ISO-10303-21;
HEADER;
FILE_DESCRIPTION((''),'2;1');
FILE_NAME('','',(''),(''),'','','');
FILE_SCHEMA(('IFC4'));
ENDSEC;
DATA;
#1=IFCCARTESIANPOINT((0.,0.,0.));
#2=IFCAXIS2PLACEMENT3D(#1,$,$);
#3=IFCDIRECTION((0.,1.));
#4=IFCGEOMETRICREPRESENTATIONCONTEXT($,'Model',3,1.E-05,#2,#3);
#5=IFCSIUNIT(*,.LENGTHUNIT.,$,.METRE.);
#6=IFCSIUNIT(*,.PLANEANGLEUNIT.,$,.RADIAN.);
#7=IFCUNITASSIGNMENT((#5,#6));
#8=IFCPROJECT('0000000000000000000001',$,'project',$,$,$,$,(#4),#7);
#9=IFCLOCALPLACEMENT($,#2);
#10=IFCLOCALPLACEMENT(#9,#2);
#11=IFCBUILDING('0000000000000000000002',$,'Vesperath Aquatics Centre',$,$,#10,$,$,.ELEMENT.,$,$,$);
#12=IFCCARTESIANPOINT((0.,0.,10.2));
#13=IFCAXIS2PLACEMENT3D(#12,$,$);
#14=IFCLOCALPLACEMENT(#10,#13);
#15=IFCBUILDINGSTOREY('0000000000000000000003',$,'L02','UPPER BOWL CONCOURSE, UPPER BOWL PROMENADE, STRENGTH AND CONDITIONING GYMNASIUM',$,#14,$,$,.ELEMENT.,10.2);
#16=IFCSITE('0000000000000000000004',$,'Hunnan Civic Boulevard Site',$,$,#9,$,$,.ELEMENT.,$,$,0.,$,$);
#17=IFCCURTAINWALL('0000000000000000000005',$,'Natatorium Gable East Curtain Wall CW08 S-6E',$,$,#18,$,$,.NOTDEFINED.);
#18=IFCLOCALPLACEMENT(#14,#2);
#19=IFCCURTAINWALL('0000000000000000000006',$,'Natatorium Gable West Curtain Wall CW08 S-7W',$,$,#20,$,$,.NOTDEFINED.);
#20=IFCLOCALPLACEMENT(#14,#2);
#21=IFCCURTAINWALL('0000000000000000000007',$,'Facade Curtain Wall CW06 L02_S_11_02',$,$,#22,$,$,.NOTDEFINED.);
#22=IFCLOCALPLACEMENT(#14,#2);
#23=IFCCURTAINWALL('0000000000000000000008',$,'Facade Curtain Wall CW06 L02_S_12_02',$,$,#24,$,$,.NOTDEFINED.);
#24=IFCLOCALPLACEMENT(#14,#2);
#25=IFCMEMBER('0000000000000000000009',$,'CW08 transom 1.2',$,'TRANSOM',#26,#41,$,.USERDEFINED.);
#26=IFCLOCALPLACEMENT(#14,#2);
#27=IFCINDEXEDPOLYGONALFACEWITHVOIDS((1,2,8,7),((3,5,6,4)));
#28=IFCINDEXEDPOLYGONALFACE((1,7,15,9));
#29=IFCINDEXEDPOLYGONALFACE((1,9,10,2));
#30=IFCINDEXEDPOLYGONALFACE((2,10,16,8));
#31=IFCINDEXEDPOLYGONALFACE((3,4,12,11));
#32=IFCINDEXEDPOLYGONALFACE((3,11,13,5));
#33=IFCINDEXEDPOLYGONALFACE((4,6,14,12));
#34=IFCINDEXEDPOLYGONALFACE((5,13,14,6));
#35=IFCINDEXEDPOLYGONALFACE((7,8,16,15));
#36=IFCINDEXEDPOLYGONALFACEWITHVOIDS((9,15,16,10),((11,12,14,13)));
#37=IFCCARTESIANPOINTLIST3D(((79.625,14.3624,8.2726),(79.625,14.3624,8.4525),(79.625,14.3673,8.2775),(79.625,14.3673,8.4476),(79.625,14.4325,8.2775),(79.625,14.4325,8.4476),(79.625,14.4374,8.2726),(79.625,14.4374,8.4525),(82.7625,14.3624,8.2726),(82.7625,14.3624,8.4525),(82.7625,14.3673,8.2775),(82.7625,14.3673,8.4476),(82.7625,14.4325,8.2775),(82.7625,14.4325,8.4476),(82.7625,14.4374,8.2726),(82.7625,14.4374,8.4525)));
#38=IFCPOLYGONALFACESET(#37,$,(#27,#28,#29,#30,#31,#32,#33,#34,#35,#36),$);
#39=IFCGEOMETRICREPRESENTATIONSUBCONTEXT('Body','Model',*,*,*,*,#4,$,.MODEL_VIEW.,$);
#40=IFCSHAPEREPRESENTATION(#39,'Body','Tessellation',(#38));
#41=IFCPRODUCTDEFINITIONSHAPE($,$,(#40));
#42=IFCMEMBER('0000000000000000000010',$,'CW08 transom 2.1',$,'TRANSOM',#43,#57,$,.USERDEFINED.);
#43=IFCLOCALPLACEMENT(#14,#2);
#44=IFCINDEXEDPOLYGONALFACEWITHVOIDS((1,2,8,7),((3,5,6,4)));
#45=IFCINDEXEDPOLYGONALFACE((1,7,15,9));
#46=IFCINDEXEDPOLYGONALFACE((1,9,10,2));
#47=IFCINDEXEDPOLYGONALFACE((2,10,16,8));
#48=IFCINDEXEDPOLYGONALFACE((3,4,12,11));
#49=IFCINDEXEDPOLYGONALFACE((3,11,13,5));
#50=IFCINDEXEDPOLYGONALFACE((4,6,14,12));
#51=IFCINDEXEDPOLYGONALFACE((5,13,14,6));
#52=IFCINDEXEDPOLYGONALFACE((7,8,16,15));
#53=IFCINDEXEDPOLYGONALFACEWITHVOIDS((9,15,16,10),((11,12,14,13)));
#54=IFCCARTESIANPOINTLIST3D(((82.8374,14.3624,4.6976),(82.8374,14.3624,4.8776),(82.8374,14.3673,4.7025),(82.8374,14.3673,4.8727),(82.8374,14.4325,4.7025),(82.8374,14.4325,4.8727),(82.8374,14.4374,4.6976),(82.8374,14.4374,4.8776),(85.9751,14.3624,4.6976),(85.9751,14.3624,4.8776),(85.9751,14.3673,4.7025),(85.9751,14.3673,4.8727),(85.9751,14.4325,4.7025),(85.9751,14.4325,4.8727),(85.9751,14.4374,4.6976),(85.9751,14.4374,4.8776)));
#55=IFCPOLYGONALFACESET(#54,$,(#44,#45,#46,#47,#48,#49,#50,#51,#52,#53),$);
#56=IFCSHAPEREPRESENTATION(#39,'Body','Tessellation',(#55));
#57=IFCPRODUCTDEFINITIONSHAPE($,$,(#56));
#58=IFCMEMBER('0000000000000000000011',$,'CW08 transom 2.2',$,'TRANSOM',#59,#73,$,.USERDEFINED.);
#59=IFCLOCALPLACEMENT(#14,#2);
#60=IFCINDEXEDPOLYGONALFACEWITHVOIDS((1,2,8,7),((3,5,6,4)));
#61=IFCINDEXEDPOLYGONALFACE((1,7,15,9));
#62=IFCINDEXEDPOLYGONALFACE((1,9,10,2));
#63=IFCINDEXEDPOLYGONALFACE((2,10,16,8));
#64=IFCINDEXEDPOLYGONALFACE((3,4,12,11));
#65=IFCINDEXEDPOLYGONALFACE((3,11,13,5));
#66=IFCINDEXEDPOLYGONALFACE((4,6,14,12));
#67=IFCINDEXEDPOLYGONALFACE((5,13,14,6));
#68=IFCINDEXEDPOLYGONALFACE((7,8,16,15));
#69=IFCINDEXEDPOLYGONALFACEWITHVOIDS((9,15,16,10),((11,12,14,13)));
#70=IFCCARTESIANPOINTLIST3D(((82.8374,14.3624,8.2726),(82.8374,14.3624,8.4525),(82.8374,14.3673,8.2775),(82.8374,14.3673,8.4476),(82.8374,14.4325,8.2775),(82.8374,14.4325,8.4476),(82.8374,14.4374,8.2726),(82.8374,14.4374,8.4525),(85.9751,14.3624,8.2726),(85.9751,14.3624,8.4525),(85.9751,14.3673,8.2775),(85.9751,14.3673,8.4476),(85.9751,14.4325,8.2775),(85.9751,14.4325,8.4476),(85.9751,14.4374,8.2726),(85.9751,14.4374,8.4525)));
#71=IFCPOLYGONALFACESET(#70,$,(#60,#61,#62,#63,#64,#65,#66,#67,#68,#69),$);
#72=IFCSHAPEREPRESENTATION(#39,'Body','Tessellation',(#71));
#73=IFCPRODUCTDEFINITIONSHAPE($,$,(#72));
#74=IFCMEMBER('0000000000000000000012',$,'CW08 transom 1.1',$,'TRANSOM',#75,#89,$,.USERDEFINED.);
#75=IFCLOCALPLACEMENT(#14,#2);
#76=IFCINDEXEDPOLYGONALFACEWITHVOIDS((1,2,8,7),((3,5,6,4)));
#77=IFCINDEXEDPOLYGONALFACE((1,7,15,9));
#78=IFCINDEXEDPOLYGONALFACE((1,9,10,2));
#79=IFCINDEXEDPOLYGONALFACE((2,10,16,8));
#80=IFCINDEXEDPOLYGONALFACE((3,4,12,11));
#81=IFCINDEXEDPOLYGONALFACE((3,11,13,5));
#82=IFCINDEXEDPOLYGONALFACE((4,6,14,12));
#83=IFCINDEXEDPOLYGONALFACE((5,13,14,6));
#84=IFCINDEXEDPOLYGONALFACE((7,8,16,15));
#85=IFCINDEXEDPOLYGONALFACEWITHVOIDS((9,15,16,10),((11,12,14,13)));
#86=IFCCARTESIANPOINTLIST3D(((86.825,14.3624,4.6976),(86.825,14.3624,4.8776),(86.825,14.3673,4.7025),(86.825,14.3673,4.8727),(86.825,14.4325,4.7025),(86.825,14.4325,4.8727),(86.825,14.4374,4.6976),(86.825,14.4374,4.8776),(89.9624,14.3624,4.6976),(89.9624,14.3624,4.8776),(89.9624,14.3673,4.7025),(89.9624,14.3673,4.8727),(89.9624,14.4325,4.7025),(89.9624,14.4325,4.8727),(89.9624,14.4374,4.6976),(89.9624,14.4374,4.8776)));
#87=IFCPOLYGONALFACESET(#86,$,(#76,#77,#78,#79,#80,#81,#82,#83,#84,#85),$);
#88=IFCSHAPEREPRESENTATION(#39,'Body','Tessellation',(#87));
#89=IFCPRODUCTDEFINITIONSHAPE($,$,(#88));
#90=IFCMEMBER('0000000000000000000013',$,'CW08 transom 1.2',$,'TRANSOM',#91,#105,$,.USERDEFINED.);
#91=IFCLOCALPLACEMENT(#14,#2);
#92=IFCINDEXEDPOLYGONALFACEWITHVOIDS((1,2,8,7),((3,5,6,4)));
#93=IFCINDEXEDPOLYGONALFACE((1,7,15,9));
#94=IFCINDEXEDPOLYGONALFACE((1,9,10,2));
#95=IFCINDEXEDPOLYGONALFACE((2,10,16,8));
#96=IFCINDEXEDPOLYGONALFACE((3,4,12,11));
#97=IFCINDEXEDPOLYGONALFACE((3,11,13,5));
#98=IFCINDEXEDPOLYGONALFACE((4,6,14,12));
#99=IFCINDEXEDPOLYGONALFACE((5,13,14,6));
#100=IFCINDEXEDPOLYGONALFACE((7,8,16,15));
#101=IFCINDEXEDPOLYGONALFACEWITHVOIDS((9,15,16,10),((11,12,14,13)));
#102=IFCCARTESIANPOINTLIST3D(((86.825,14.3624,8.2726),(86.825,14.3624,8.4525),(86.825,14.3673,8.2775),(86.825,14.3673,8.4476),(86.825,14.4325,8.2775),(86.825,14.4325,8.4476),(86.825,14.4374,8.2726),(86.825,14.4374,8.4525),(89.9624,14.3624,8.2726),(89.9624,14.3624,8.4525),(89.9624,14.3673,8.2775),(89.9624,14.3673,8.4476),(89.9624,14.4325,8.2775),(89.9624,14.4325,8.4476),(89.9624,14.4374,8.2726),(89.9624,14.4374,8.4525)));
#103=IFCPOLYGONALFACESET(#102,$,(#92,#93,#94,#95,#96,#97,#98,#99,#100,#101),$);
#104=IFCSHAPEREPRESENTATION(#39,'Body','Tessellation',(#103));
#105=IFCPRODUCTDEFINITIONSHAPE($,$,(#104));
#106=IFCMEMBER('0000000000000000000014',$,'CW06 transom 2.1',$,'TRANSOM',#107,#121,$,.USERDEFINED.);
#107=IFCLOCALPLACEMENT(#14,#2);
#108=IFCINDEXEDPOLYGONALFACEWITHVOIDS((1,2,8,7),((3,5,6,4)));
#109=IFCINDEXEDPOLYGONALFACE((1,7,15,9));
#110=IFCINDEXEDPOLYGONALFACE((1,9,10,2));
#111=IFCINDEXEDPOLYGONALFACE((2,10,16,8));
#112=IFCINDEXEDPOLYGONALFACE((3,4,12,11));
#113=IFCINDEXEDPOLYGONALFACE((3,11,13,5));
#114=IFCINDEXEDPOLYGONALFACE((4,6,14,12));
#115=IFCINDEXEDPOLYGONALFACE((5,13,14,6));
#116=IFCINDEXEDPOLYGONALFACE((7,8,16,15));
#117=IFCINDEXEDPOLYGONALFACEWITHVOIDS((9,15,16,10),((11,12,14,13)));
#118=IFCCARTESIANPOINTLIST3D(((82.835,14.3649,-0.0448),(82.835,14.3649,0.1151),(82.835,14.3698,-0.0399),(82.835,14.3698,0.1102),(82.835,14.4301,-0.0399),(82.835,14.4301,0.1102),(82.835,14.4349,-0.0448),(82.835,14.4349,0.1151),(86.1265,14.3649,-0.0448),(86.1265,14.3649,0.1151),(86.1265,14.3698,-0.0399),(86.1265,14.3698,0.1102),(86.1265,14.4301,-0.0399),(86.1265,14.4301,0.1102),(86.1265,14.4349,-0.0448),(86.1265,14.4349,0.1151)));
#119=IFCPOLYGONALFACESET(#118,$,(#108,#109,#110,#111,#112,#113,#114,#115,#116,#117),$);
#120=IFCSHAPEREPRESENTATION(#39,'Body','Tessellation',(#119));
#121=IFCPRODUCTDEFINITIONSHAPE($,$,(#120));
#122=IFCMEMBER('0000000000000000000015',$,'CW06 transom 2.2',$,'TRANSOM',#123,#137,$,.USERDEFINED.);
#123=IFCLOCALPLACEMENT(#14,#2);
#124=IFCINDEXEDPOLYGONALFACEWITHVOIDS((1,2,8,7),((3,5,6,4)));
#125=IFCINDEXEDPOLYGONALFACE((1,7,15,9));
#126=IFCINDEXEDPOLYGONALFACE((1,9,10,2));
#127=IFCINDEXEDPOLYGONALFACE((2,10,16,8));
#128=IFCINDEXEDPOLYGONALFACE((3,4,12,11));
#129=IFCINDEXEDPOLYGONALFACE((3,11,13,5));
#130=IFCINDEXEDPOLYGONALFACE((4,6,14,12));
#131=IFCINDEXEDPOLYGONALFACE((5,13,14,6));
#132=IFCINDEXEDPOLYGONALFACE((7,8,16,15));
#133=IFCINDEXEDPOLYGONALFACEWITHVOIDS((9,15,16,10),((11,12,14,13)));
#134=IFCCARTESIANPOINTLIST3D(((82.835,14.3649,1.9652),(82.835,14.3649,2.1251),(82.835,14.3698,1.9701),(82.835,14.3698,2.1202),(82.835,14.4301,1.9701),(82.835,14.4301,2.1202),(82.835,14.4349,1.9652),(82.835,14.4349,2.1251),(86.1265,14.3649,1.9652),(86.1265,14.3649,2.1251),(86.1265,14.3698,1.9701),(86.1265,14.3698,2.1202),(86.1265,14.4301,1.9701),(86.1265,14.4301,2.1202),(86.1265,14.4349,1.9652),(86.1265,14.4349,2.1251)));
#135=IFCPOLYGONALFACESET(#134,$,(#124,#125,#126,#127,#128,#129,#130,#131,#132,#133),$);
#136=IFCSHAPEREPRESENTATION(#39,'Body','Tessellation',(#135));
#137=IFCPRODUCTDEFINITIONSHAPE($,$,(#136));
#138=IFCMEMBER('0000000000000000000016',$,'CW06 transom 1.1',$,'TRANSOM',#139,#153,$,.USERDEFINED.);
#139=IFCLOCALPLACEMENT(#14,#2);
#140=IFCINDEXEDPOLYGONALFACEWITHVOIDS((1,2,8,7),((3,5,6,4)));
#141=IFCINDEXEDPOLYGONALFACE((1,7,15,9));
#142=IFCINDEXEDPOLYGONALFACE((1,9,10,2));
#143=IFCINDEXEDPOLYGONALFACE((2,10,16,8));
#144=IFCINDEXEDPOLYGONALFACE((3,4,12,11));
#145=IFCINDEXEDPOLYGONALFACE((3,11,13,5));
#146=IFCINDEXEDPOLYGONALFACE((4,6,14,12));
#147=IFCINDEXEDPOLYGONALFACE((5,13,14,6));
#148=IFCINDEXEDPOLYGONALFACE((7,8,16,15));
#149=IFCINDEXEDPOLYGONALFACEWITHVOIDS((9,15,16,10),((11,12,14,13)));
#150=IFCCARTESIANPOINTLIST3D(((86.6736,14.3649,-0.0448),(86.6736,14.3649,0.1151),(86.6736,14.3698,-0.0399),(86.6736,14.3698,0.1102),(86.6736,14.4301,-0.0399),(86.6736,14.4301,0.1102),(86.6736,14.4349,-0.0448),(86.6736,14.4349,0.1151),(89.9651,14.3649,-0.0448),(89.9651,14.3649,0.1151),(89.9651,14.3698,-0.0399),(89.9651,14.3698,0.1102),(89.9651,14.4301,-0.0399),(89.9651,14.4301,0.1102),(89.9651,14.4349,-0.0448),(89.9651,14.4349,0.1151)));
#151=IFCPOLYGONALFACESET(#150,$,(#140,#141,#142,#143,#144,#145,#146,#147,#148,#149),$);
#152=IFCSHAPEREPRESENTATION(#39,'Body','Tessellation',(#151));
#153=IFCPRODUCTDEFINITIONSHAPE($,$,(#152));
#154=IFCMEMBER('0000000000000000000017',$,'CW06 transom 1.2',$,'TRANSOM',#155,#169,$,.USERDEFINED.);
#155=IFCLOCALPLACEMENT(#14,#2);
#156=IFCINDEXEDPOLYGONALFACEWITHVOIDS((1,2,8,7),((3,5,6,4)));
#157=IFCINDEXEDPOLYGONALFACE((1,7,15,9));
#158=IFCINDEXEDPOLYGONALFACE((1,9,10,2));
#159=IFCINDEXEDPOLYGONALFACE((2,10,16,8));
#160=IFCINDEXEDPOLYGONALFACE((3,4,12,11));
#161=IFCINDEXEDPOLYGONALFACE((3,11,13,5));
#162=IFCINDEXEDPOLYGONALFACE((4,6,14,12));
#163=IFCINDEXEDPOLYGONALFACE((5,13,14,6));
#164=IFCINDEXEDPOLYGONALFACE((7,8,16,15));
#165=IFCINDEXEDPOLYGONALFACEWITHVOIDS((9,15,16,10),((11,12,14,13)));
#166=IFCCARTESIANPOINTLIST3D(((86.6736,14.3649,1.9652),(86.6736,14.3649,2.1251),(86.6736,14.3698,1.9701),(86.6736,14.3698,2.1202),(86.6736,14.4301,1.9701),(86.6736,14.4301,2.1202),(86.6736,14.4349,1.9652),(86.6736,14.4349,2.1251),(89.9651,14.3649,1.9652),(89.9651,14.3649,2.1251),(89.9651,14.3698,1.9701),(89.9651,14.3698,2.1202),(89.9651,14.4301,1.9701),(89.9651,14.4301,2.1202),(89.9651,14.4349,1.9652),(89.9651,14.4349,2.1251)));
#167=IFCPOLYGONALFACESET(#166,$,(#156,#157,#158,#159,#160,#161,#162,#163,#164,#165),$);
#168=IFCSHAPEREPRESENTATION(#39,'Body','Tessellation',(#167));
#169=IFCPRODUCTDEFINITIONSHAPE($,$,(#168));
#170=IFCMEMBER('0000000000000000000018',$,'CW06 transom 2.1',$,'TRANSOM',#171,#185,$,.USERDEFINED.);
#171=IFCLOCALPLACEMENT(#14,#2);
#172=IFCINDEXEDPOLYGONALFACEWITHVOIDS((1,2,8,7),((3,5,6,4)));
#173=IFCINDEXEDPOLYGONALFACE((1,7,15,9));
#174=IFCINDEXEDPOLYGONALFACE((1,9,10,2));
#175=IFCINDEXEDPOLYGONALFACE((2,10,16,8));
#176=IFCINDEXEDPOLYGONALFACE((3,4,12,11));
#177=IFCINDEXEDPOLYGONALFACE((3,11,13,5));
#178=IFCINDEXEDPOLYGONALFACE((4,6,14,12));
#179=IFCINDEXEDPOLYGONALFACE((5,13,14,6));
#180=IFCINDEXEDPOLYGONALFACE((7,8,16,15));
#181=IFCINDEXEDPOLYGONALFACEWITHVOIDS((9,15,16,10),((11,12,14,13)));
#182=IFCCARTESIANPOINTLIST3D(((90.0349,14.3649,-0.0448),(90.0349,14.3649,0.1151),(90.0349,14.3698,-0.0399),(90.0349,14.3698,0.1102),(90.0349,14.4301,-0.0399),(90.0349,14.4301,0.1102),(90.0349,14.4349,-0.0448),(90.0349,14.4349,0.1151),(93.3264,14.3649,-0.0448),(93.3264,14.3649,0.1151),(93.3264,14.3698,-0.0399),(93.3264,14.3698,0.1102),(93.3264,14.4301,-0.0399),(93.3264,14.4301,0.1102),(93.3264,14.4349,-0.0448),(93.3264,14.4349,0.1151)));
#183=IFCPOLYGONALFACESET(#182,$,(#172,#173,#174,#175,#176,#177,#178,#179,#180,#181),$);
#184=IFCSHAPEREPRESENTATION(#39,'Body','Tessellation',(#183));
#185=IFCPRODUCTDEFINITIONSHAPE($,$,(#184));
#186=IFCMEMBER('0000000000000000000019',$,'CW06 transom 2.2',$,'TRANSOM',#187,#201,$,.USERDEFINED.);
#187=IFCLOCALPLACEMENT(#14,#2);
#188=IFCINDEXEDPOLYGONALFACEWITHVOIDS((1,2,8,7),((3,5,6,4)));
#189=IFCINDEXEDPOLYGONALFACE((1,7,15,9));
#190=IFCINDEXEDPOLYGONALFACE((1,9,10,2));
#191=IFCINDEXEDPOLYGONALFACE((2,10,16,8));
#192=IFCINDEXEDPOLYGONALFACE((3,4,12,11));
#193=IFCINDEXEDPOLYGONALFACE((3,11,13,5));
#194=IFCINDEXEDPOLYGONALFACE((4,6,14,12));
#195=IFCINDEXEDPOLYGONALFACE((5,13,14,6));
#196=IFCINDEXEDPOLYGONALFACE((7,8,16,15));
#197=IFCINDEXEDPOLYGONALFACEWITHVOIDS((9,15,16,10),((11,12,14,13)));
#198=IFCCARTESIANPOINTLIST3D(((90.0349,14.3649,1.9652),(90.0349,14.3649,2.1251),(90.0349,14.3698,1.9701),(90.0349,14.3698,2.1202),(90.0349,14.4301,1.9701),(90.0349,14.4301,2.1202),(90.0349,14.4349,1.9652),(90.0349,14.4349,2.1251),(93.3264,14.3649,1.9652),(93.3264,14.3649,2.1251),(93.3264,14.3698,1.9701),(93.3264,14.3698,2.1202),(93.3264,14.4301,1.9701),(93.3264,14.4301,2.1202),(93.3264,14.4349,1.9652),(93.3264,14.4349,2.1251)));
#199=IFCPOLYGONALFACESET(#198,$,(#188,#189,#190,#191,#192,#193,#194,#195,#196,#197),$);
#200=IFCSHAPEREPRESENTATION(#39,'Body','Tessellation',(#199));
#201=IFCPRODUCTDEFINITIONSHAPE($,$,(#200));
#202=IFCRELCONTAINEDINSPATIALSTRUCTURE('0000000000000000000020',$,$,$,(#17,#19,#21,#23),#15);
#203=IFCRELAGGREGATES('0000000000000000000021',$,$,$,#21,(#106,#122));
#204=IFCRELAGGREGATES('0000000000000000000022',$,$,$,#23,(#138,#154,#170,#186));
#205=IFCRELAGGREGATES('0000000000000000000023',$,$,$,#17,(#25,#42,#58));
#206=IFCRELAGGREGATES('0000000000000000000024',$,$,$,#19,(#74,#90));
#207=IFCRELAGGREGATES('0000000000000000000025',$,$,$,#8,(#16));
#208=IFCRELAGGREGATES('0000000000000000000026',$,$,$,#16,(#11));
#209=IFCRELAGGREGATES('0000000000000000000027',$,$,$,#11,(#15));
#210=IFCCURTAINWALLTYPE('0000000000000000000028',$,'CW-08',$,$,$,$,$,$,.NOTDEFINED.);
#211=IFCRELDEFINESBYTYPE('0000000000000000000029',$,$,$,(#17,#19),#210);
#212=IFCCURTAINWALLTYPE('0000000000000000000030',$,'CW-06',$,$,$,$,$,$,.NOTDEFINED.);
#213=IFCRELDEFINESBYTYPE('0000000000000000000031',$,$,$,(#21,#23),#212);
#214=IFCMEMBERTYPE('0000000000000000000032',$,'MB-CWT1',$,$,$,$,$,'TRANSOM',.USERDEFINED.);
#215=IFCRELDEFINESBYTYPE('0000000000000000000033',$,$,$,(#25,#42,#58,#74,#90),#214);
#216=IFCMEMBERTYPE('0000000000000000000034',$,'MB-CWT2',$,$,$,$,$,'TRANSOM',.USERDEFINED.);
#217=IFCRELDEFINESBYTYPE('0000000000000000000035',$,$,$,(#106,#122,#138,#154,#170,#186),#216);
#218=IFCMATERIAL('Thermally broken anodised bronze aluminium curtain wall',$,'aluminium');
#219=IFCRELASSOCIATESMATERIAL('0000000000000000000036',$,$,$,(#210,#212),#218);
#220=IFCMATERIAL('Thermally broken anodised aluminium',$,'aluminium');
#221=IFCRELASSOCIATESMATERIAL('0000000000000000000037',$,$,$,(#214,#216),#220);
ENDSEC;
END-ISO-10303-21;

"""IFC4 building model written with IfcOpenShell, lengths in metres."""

from ifc_helpers import new_model, si_unit, direction, frame, origin, origin_2d, place, context, subcontext, project, spatial, hollow_rectangle, extrude, material, material_profile, profile_set, type_object, element, aggregate, save


model = new_model("IFC4")

# Units and contexts
model_context = context("Model", 3, precision=1e-05, world=origin(), true_north=direction((0.0, 1.0)))
body_context = subcontext(model_context, "Body", "Model", "MODEL_VIEW")
ifc_project = project(units=[si_unit("LENGTHUNIT", "METRE"), si_unit("PLANEANGLEUNIT", "RADIAN")], contexts=[model_context])

# Site, building, storey
site_placement = place(None, origin())
site = spatial("IfcSite", under=ifc_project, at=site_placement, Name="Hunnan Civic Boulevard Site", CompositionType="ELEMENT", RefElevation=0.0)
building_placement = place(site_placement, origin())
building = spatial("IfcBuilding", under=site, at=building_placement, Name="Vesperath Aquatics Centre", CompositionType="ELEMENT")
storey_placement = place(building_placement, frame((0.0, 0.0, 10.2)))
storey = spatial("IfcBuildingStorey", under=building, at=storey_placement, Name="L02", Description="UPPER BOWL CONCOURSE, UPPER BOWL PROMENADE, STRENGTH AND CONDITIONING GYMNASIUM", CompositionType="ELEMENT", Elevation=10.2)

# Curtain walls
ifc_material_1 = material(Name="Thermally broken anodised bronze aluminium curtain wall", Category="aluminium")
curtain_wall_type_1 = type_object("IfcCurtainWallType", Name="CW-08", PredefinedType="NOTDEFINED", material=ifc_material_1)
curtain_wall_1_placement = place(storey_placement, origin())
curtain_wall_1 = element("IfcCurtainWall", 1, at=curtain_wall_1_placement, inside=storey, type_object=curtain_wall_type_1, Name="Natatorium Gable East Curtain Wall CW08 S-6E", PredefinedType="NOTDEFINED")
ifc_material_2 = material(Name="Thermally broken anodised aluminium", Category="aluminium")
curtain_wall_2_placement = place(storey_placement, origin())
curtain_wall_2 = element("IfcCurtainWall", 2, at=curtain_wall_2_placement, inside=storey, type_object=curtain_wall_type_1, Name="Natatorium Gable West Curtain Wall CW08 S-7W", PredefinedType="NOTDEFINED")
curtain_wall_type_2 = type_object("IfcCurtainWallType", Name="CW-06", PredefinedType="NOTDEFINED", material=ifc_material_1)
curtain_wall_3_placement = place(storey_placement, origin())
curtain_wall_3 = element("IfcCurtainWall", 3, at=curtain_wall_3_placement, inside=storey, type_object=curtain_wall_type_2, Name="Facade Curtain Wall CW06 L02_S_11_02", PredefinedType="NOTDEFINED")
curtain_wall_4_placement = place(storey_placement, origin())
curtain_wall_4 = element("IfcCurtainWall", 4, at=curtain_wall_4_placement, inside=storey, type_object=curtain_wall_type_2, Name="Facade Curtain Wall CW06 L02_S_12_02", PredefinedType="NOTDEFINED")

# Members
ifc_material_profile_1 = material_profile(ifc_material_2, hollow_rectangle(XDim=0.075, YDim=0.1799, WallThickness=0.0049, at=origin_2d()), Name="CWT 75x180x5")
ifc_profile_set_1 = profile_set([ifc_material_profile_1], Name="Thermally broken anodised aluminium")
member_type_1 = type_object("IfcMemberType", Name="MB-CWT1", ElementType="TRANSOM", PredefinedType="USERDEFINED", material=ifc_profile_set_1)
member_1_placement = place(storey_placement, frame((79.625, 14.3999, 8.3625), z_axis=(1.0, 0.0, 0.0), x_axis=(0.0, 1.0, 0.0)))
member_1 = element("IfcMember", 5, at=member_1_placement, type_object=member_type_1, Name="CW08 transom 1.2", ObjectType="TRANSOM", PredefinedType="USERDEFINED", context=body_context, shape_type="SweptSolid", body=[
    extrude(hollow_rectangle(XDim=0.075, YDim=0.1799, WallThickness=0.0049, at=origin_2d()), origin(), (0.0, 0.0, 1.0), 3.1375),
])
member_2_placement = place(storey_placement, frame((82.8374, 14.3999, 4.7876), z_axis=(1.0, 0.0, 0.0), x_axis=(0.0, 1.0, 0.0)))
member_2 = element("IfcMember", 6, at=member_2_placement, type_object=member_type_1, Name="CW08 transom 2.1", ObjectType="TRANSOM", PredefinedType="USERDEFINED", context=body_context, shape_type="SweptSolid", body=[
    extrude(hollow_rectangle(XDim=0.075, YDim=0.1799, WallThickness=0.0049, at=origin_2d()), origin(), (0.0, 0.0, 1.0), 3.1377),
])
member_3_placement = place(storey_placement, frame((82.8374, 14.3999, 8.3625), z_axis=(1.0, 0.0, 0.0), x_axis=(0.0, 1.0, 0.0)))
member_3 = element("IfcMember", 7, at=member_3_placement, type_object=member_type_1, Name="CW08 transom 2.2", ObjectType="TRANSOM", PredefinedType="USERDEFINED", context=body_context, shape_type="SweptSolid", body=[
    extrude(hollow_rectangle(XDim=0.075, YDim=0.1799, WallThickness=0.0049, at=origin_2d()), origin(), (0.0, 0.0, 1.0), 3.1377),
])
member_4_placement = place(storey_placement, frame((86.825, 14.3999, 4.7876), z_axis=(1.0, 0.0, 0.0), x_axis=(0.0, 1.0, 0.0)))
member_4 = element("IfcMember", 8, at=member_4_placement, type_object=member_type_1, Name="CW08 transom 1.1", ObjectType="TRANSOM", PredefinedType="USERDEFINED", context=body_context, shape_type="SweptSolid", body=[
    extrude(hollow_rectangle(XDim=0.075, YDim=0.1799, WallThickness=0.0049, at=origin_2d()), origin(), (0.0, 0.0, 1.0), 3.1375),
])
member_5_placement = place(storey_placement, frame((86.825, 14.3999, 8.3625), z_axis=(1.0, 0.0, 0.0), x_axis=(0.0, 1.0, 0.0)))
member_5 = element("IfcMember", 9, at=member_5_placement, type_object=member_type_1, Name="CW08 transom 1.2", ObjectType="TRANSOM", PredefinedType="USERDEFINED", context=body_context, shape_type="SweptSolid", body=[
    extrude(hollow_rectangle(XDim=0.075, YDim=0.1799, WallThickness=0.0049, at=origin_2d()), origin(), (0.0, 0.0, 1.0), 3.1375),
])
ifc_material_profile_2 = material_profile(ifc_material_2, hollow_rectangle(XDim=0.0701, YDim=0.1599, WallThickness=0.0049, at=origin_2d()), Name="CWT 70x160x5")
ifc_profile_set_2 = profile_set([ifc_material_profile_2], Name="Thermally broken anodised aluminium")
member_type_2 = type_object("IfcMemberType", Name="MB-CWT2", ElementType="TRANSOM", PredefinedType="USERDEFINED", material=ifc_profile_set_2)
member_6_placement = place(storey_placement, frame((82.835, 14.3999, 0.0352), z_axis=(1.0, 0.0, 0.0), x_axis=(0.0, 1.0, 0.0)))
member_6 = element("IfcMember", 10, at=member_6_placement, type_object=member_type_2, Name="CW06 transom 2.1", ObjectType="TRANSOM", PredefinedType="USERDEFINED", context=body_context, shape_type="SweptSolid", body=[
    extrude(hollow_rectangle(XDim=0.0701, YDim=0.1599, WallThickness=0.0049, at=origin_2d()), origin(), (0.0, 0.0, 1.0), 3.2915),
])
member_7_placement = place(storey_placement, frame((82.835, 14.3999, 2.0452), z_axis=(1.0, 0.0, 0.0), x_axis=(0.0, 1.0, 0.0)))
member_7 = element("IfcMember", 11, at=member_7_placement, type_object=member_type_2, Name="CW06 transom 2.2", ObjectType="TRANSOM", PredefinedType="USERDEFINED", context=body_context, shape_type="SweptSolid", body=[
    extrude(hollow_rectangle(XDim=0.0701, YDim=0.1599, WallThickness=0.0049, at=origin_2d()), origin(), (0.0, 0.0, 1.0), 3.2915),
])
member_8_placement = place(storey_placement, frame((86.6736, 14.3999, 0.0352), z_axis=(1.0, 0.0, 0.0), x_axis=(0.0, 1.0, 0.0)))
member_8 = element("IfcMember", 12, at=member_8_placement, type_object=member_type_2, Name="CW06 transom 1.1", ObjectType="TRANSOM", PredefinedType="USERDEFINED", context=body_context, shape_type="SweptSolid", body=[
    extrude(hollow_rectangle(XDim=0.0701, YDim=0.1599, WallThickness=0.0049, at=origin_2d()), origin(), (0.0, 0.0, 1.0), 3.2915),
])
member_9_placement = place(storey_placement, frame((86.6736, 14.3999, 2.0452), z_axis=(1.0, 0.0, 0.0), x_axis=(0.0, 1.0, 0.0)))
member_9 = element("IfcMember", 13, at=member_9_placement, type_object=member_type_2, Name="CW06 transom 1.2", ObjectType="TRANSOM", PredefinedType="USERDEFINED", context=body_context, shape_type="SweptSolid", body=[
    extrude(hollow_rectangle(XDim=0.0701, YDim=0.1599, WallThickness=0.0049, at=origin_2d()), origin(), (0.0, 0.0, 1.0), 3.2915),
])
member_10_placement = place(storey_placement, frame((90.0349, 14.3999, 0.0352), z_axis=(1.0, 0.0, 0.0), x_axis=(0.0, 1.0, 0.0)))
member_10 = element("IfcMember", 14, at=member_10_placement, type_object=member_type_2, Name="CW06 transom 2.1", ObjectType="TRANSOM", PredefinedType="USERDEFINED", context=body_context, shape_type="SweptSolid", body=[
    extrude(hollow_rectangle(XDim=0.0701, YDim=0.1599, WallThickness=0.0049, at=origin_2d()), origin(), (0.0, 0.0, 1.0), 3.2915),
])
member_11_placement = place(storey_placement, frame((90.0349, 14.3999, 2.0452), z_axis=(1.0, 0.0, 0.0), x_axis=(0.0, 1.0, 0.0)))
member_11 = element("IfcMember", 15, at=member_11_placement, type_object=member_type_2, Name="CW06 transom 2.2", ObjectType="TRANSOM", PredefinedType="USERDEFINED", context=body_context, shape_type="SweptSolid", body=[
    extrude(hollow_rectangle(XDim=0.0701, YDim=0.1599, WallThickness=0.0049, at=origin_2d()), origin(), (0.0, 0.0, 1.0), 3.2915),
])

aggregate(curtain_wall_3, [member_6, member_7])
aggregate(curtain_wall_4, [member_8, member_9, member_10, member_11])
aggregate(curtain_wall_1, [member_1, member_2, member_3])
aggregate(curtain_wall_2, [member_4, member_5])

save(model, "model.ifc")
